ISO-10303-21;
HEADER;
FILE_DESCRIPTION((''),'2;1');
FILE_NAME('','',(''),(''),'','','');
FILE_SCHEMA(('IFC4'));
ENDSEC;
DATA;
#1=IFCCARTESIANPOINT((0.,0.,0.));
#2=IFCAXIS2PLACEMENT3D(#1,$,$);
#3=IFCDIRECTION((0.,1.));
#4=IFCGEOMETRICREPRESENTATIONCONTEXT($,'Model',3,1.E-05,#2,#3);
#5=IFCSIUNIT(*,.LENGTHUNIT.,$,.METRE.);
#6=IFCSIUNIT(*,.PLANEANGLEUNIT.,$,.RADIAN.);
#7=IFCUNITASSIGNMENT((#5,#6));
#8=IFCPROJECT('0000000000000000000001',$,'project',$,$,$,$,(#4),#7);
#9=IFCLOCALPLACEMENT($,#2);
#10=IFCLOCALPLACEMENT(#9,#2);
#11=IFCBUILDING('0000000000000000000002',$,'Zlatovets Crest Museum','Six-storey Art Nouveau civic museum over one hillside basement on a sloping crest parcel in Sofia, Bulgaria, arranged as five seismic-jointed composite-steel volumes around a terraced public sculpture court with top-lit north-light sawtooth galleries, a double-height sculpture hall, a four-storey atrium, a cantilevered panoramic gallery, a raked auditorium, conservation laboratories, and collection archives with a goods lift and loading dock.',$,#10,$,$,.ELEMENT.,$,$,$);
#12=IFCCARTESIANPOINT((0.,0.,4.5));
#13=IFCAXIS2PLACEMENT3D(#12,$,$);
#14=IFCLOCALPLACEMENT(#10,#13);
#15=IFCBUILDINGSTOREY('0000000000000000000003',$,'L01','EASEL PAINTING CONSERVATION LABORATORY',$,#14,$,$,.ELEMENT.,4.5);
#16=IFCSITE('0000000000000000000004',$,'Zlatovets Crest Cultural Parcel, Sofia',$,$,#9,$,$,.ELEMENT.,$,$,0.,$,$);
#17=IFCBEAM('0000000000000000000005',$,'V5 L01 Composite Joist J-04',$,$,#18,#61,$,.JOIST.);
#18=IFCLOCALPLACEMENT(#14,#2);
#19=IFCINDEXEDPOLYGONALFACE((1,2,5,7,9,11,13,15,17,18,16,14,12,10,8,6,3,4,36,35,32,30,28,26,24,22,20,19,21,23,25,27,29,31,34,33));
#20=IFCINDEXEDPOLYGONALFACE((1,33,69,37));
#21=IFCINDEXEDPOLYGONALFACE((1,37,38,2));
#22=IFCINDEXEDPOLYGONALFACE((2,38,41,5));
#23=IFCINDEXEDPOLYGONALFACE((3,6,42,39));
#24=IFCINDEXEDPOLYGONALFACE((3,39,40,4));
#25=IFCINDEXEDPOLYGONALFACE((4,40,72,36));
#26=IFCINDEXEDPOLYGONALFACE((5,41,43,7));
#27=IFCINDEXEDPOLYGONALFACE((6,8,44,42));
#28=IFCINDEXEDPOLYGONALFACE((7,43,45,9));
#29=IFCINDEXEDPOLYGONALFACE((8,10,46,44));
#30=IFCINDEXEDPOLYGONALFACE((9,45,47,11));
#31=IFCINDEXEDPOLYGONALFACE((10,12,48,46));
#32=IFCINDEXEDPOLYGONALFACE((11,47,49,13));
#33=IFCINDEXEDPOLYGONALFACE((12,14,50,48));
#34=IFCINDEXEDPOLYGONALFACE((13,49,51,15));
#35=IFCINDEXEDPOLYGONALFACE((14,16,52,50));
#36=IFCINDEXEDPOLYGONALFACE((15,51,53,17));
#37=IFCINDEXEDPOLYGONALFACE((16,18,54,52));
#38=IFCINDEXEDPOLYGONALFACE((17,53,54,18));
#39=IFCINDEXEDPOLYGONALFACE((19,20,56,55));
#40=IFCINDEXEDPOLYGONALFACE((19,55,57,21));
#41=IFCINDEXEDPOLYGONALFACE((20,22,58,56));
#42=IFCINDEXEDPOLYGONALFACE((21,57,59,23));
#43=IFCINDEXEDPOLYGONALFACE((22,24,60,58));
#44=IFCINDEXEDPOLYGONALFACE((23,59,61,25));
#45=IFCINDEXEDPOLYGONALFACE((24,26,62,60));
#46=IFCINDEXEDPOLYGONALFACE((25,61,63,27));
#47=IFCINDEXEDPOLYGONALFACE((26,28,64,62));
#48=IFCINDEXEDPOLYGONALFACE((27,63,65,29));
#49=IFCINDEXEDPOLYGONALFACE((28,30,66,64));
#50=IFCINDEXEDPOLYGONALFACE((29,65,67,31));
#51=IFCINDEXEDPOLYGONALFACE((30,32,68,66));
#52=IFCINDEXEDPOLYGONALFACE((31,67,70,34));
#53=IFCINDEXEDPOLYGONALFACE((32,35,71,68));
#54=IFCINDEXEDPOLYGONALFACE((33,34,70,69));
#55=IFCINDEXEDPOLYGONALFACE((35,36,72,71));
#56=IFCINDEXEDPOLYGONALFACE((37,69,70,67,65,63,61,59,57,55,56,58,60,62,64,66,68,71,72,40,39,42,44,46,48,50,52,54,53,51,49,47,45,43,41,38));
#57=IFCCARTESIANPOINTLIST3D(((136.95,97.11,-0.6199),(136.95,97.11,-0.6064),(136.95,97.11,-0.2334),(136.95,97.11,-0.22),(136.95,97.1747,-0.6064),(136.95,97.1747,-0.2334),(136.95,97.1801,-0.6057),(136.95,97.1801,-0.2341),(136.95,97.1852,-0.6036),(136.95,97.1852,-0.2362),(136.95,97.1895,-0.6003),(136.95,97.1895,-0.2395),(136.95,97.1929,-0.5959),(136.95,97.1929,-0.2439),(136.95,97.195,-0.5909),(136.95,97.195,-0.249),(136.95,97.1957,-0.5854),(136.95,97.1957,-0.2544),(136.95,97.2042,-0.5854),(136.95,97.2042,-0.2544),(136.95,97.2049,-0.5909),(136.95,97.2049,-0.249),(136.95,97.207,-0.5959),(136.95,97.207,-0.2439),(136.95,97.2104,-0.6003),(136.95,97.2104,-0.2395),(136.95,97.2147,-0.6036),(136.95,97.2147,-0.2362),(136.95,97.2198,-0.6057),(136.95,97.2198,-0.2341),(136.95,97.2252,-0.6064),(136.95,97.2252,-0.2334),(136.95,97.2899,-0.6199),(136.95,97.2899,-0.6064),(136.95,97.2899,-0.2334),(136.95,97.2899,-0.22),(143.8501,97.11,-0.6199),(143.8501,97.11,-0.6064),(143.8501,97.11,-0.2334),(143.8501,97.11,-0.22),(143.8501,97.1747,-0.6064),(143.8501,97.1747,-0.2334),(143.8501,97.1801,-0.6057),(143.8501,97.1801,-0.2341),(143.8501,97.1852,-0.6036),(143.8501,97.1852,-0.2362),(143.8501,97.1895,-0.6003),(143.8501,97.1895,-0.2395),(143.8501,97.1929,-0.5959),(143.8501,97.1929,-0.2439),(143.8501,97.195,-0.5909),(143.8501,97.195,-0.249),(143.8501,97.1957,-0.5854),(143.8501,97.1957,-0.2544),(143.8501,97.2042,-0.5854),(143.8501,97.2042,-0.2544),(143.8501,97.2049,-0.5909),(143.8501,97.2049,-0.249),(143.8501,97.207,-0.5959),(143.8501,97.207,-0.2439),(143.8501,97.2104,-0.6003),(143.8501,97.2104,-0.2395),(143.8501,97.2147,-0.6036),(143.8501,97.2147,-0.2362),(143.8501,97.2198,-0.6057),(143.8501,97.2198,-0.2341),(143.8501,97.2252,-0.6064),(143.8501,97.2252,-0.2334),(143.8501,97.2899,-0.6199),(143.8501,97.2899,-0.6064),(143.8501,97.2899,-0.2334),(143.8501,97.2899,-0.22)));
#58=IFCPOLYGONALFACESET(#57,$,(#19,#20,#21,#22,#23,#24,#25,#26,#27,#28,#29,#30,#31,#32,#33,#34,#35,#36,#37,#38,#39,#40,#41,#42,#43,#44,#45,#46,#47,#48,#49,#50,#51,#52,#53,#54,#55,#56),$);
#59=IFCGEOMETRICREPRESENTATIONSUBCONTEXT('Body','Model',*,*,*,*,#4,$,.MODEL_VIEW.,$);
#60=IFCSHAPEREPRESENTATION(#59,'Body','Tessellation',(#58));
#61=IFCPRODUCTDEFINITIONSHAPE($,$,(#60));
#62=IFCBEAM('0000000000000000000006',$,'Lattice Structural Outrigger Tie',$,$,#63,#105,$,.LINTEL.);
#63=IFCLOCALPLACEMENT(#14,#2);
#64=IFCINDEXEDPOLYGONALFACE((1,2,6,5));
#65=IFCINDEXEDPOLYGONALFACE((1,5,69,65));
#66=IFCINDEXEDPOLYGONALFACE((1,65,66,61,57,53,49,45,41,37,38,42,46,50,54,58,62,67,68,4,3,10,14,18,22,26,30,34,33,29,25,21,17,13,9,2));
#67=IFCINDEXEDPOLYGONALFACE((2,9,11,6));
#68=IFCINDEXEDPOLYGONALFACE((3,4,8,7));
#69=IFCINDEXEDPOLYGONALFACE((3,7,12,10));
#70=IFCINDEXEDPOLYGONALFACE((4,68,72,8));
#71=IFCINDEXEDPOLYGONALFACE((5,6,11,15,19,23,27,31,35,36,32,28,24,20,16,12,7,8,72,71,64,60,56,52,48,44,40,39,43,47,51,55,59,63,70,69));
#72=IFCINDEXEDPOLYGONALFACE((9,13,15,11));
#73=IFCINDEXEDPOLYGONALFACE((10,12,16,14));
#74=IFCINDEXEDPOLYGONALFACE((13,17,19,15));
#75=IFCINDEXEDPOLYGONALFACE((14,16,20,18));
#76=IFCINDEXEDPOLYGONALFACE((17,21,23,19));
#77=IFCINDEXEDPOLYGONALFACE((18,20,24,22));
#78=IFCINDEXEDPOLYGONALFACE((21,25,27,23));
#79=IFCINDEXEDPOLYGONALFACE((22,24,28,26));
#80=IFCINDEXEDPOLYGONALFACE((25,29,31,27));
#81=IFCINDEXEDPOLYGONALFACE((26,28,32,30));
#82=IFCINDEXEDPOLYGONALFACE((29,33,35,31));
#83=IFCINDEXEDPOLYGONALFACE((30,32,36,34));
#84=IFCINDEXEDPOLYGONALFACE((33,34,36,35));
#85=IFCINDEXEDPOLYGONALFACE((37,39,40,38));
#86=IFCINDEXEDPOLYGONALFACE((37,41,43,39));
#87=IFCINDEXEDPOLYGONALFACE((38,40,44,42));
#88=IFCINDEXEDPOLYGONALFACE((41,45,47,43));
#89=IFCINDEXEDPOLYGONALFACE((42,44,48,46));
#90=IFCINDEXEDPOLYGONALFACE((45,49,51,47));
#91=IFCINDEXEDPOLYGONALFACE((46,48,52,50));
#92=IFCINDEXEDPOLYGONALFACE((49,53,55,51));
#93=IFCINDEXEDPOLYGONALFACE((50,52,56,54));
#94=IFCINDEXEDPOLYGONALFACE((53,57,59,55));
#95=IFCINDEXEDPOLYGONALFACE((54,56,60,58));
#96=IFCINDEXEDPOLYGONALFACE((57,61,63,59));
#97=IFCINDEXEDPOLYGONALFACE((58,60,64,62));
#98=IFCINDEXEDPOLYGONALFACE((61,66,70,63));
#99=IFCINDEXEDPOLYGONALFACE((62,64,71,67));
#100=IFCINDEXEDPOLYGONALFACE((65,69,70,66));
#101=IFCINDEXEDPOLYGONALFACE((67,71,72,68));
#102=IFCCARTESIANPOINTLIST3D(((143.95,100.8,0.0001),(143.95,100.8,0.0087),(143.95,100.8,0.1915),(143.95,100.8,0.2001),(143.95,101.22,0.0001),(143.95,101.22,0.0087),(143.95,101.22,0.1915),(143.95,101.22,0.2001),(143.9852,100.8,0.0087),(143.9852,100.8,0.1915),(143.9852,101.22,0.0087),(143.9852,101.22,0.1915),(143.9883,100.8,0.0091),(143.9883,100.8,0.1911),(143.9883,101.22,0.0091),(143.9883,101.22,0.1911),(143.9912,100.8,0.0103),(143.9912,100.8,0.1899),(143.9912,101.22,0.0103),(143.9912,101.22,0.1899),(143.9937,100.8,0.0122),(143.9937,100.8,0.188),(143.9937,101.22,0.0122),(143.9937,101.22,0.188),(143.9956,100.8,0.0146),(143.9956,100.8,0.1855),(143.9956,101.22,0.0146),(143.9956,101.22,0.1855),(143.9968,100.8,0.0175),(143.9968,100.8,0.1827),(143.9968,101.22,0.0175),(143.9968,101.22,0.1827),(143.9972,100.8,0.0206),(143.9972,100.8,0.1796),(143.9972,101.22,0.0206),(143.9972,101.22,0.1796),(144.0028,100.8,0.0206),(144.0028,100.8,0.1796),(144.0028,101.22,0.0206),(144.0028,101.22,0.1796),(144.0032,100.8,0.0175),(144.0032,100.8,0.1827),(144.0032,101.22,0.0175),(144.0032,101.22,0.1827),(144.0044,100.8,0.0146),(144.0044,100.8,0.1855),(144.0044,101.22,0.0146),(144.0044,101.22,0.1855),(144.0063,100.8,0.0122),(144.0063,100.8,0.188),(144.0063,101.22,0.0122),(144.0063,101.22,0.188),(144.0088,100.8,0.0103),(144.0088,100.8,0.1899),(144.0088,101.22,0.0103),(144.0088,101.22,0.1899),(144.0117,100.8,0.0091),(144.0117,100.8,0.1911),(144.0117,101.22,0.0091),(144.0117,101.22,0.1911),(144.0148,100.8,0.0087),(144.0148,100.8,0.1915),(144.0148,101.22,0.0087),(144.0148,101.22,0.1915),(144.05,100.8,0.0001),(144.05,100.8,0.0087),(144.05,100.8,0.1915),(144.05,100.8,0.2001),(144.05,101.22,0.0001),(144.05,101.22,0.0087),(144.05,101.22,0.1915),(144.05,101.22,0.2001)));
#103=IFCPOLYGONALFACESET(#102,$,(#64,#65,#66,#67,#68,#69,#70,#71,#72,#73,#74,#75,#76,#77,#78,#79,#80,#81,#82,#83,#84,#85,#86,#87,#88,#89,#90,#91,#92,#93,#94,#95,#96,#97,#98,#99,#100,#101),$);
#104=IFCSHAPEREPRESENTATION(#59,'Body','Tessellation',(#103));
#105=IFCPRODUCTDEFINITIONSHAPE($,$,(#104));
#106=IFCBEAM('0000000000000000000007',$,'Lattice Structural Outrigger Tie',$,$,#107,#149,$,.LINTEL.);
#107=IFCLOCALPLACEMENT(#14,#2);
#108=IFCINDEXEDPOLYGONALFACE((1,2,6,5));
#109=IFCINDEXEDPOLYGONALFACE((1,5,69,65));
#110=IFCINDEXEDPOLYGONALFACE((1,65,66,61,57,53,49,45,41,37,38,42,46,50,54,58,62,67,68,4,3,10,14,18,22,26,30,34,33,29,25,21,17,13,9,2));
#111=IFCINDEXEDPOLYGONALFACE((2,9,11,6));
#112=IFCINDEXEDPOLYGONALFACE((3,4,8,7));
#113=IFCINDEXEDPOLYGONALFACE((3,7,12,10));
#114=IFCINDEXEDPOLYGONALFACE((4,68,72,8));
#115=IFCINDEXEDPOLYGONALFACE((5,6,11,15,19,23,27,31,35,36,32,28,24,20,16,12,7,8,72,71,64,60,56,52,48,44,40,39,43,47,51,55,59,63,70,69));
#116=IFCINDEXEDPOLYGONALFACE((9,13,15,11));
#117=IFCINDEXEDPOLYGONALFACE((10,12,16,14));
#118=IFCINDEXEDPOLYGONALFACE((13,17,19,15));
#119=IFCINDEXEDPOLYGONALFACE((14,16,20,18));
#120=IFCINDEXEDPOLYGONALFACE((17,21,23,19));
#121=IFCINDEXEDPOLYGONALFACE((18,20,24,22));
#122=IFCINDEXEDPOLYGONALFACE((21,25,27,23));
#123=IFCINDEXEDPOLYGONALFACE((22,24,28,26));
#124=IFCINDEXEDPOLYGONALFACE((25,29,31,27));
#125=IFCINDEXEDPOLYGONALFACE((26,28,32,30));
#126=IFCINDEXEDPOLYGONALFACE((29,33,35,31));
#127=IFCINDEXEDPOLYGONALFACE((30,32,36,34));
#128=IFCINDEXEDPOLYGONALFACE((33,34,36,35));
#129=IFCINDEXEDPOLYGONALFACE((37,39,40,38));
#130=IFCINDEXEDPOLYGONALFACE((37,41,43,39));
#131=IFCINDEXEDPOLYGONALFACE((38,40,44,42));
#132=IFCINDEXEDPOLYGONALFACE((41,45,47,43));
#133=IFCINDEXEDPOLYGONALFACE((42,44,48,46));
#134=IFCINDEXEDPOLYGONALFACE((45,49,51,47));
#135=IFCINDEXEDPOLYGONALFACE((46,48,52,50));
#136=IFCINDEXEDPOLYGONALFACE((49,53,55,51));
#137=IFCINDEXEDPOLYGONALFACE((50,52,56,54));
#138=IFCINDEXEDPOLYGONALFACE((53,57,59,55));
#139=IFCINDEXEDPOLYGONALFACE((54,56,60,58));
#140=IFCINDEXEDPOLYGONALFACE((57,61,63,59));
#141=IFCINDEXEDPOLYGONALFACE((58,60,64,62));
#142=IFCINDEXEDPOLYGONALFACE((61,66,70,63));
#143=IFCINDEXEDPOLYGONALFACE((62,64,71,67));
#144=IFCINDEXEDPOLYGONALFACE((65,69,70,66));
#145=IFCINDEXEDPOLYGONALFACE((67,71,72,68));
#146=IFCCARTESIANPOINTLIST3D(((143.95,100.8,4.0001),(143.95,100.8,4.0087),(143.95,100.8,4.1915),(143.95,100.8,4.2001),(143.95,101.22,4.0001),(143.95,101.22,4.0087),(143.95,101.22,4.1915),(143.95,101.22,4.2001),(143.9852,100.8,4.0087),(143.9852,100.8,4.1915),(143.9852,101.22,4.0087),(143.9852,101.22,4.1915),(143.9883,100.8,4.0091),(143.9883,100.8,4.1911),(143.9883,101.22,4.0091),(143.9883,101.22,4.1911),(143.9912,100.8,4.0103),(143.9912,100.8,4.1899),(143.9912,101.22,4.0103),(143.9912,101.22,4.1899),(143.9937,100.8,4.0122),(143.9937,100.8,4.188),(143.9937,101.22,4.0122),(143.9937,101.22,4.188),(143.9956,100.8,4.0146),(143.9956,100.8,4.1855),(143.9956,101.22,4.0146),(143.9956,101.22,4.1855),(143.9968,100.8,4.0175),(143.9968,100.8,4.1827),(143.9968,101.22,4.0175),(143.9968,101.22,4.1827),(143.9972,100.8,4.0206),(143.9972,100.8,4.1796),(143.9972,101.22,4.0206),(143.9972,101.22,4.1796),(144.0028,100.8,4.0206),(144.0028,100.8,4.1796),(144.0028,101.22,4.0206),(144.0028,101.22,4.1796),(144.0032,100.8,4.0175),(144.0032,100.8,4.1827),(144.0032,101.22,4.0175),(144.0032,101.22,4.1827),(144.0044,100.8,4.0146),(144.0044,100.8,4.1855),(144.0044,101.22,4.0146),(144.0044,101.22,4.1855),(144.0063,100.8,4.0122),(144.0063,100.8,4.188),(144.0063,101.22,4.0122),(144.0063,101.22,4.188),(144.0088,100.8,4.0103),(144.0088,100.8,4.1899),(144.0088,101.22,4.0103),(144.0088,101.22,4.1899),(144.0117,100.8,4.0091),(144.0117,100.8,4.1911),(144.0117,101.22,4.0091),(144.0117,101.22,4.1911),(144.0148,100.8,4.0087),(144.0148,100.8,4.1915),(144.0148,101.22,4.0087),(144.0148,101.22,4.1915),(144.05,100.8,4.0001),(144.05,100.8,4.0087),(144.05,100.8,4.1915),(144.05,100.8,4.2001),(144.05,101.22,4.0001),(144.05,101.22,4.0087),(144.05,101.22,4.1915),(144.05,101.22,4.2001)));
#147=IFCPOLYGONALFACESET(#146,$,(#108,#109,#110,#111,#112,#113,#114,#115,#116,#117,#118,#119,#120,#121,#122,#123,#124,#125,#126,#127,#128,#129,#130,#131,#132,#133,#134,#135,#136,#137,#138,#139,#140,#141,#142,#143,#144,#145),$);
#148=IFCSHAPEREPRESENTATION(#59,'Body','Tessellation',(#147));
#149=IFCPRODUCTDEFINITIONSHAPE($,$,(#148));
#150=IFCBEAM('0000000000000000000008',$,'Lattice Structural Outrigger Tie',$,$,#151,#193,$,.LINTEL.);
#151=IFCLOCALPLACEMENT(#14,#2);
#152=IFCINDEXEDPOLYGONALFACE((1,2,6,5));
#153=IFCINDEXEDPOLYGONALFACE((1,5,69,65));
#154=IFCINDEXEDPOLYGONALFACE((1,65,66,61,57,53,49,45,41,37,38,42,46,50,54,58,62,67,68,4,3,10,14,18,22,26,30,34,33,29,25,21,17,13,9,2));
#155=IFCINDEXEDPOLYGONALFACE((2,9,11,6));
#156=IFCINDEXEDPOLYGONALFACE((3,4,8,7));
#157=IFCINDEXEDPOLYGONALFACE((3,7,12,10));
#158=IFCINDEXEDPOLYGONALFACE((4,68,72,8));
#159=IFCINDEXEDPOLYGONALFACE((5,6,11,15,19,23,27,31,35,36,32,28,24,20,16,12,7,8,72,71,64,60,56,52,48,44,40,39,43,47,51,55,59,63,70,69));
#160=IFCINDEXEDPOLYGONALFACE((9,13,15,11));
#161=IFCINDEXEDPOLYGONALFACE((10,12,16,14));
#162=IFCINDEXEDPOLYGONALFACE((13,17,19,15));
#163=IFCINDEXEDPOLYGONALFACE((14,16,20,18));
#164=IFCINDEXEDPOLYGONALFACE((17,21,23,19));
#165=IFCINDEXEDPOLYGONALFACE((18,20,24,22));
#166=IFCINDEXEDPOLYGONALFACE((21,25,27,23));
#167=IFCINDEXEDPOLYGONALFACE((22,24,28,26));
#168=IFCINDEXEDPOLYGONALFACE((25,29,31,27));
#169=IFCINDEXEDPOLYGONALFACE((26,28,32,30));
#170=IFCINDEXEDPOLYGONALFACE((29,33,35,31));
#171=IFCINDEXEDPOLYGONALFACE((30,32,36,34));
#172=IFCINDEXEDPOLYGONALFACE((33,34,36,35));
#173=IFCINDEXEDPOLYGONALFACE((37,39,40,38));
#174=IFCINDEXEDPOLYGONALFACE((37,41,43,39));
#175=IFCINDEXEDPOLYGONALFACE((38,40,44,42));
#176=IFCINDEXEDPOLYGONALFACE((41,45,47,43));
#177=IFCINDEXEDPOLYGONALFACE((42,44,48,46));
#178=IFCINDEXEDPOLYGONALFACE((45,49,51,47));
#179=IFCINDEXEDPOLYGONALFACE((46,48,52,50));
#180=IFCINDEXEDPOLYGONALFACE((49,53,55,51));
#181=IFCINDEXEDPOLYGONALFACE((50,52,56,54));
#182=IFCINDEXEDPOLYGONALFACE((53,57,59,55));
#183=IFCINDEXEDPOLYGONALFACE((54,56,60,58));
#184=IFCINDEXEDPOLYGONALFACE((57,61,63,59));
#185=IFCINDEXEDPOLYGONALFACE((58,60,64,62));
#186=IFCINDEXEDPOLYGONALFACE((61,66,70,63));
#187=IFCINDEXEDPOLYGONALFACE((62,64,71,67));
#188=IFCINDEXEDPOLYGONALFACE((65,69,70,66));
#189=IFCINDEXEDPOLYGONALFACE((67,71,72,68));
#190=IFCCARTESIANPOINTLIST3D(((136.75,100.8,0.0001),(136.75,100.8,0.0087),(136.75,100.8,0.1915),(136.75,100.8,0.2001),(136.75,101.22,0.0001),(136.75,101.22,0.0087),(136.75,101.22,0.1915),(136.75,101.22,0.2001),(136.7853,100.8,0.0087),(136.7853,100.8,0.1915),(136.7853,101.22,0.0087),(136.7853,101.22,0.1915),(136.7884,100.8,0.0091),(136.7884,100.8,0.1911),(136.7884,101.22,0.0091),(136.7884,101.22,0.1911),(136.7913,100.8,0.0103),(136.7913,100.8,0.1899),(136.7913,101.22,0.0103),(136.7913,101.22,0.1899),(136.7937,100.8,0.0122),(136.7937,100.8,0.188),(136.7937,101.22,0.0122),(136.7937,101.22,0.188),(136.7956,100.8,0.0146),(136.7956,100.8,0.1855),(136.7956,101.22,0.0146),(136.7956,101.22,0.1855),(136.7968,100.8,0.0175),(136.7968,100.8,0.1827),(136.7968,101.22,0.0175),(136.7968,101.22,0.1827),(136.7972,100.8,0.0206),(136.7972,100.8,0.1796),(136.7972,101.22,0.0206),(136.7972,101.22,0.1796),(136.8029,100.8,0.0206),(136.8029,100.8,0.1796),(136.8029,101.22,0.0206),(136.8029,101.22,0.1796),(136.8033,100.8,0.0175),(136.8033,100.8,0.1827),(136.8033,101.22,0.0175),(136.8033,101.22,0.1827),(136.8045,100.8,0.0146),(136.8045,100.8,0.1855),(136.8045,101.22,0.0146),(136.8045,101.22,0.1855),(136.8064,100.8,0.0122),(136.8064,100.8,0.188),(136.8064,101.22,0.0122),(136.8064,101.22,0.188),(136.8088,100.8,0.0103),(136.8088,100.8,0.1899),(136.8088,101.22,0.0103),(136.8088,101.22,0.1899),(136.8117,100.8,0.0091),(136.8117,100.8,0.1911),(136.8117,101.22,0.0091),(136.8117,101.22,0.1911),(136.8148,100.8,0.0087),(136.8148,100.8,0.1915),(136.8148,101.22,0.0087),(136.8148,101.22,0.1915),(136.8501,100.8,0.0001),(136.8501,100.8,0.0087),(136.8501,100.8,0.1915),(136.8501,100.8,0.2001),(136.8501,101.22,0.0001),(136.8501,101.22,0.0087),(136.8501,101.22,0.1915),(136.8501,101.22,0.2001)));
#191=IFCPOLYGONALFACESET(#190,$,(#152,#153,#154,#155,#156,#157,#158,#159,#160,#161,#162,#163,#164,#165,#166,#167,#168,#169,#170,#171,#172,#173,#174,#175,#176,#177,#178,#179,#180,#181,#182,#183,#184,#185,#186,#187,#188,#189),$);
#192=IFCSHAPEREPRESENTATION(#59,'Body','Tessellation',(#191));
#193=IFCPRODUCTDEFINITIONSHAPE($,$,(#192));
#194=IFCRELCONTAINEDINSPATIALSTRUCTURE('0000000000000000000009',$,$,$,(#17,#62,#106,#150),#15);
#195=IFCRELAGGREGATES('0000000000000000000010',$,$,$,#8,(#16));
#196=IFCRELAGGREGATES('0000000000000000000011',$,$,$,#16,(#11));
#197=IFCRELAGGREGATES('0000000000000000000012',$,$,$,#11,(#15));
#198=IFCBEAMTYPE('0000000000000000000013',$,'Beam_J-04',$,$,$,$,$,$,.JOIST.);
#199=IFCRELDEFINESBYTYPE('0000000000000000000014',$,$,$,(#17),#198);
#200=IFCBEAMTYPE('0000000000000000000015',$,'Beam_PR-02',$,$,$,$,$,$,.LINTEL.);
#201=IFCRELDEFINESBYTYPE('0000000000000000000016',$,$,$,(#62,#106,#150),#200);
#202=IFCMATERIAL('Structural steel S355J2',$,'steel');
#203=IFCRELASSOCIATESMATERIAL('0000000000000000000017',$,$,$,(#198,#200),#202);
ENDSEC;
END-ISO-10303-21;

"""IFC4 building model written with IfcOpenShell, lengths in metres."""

from ifc_helpers import new_model, si_unit, direction, frame, origin, origin_2d, place, context, subcontext, project, spatial, i_section, extrude, material, material_profile, profile_set, type_object, element, save


model = new_model("IFC4")

# Units and contexts
model_context = context("Model", 3, precision=1e-05, world=origin(), true_north=direction((0.0, 1.0)))
body_context = subcontext(model_context, "Body", "Model", "MODEL_VIEW")
ifc_project = project(units=[si_unit("LENGTHUNIT", "METRE"), si_unit("PLANEANGLEUNIT", "RADIAN")], contexts=[model_context])

# Site, building, storey
site_placement = place(None, origin())
site = spatial("IfcSite", under=ifc_project, at=site_placement, Name="Zlatovets Crest Cultural Parcel, Sofia", CompositionType="ELEMENT", RefElevation=0.0)
building_placement = place(site_placement, origin())
building = spatial("IfcBuilding", under=site, at=building_placement, Name="Zlatovets Crest Museum", Description="Six-storey Art Nouveau civic museum over one hillside basement on a sloping crest parcel in Sofia, Bulgaria, arranged as five seismic-jointed composite-steel volumes around a terraced public sculpture court with top-lit north-light sawtooth galleries, a double-height sculpture hall, a four-storey atrium, a cantilevered panoramic gallery, a raked auditorium, conservation laboratories, and collection archives with a goods lift and loading dock.", CompositionType="ELEMENT")
storey_placement = place(building_placement, frame((0.0, 0.0, 4.5)))
storey = spatial("IfcBuildingStorey", under=building, at=storey_placement, Name="L01", Description="EASEL PAINTING CONSERVATION LABORATORY", CompositionType="ELEMENT", Elevation=4.5)

# Shared definitions
ifc_material_1 = material(Name="Structural steel S355J2", Category="steel")

# Beams
ifc_material_profile_1 = material_profile(ifc_material_1, i_section(OverallWidth=0.1799, OverallDepth=0.3999, WebThickness=0.0085, FlangeThickness=0.0134, FilletRadius=0.021, at=origin_2d()), Name="IPE 400")
ifc_profile_set_1 = profile_set([ifc_material_profile_1], Name="Structural steel S355J2")
beam_type_1 = type_object("IfcBeamType", Name="Beam_J-04", PredefinedType="JOIST", material=ifc_profile_set_1)
beam_placement = place(storey_placement, frame((136.95, 97.2, -0.4199), z_axis=(1.0, 0.0, 0.0), x_axis=(0.0, 1.0, 0.0)))
element("IfcBeam", 1, at=beam_placement, inside=storey, type_object=beam_type_1, Name="V5 L01 Composite Joist J-04", PredefinedType="JOIST", context=body_context, shape_type="SweptSolid", body=[
    extrude(i_section(OverallWidth=0.1799, OverallDepth=0.3999, WebThickness=0.0085, FlangeThickness=0.0134, FilletRadius=0.021, at=origin_2d()), origin(), (0.0, 0.0, 1.0), 6.9001),
])
ifc_material_profile_2 = material_profile(ifc_material_1, i_section(OverallWidth=0.1001, OverallDepth=0.2, WebThickness=0.0056, FlangeThickness=0.0085, FilletRadius=0.012, at=origin_2d()), Name="IPE 200")
ifc_profile_set_2 = profile_set([ifc_material_profile_2], Name="Structural steel S355J2")
beam_type_2 = type_object("IfcBeamType", Name="Beam_PR-02", PredefinedType="LINTEL", material=ifc_profile_set_2)
for number, where, z_axis, x_axis, name in (
    (2, (144.0, 100.8, 0.1001), (0.0, 1.0, 0.0), (-1.0, 0.0, 0.0), "Lattice Structural Outrigger Tie"),
    (3, (144.0, 100.8, 4.1001), (0.0, 1.0, 0.0), (-1.0, 0.0, 0.0), "Lattice Structural Outrigger Tie"),
    (4, (136.8, 100.8, 0.1001), (0.0, 1.0, 0.0), (-1.0, 0.0, 0.0), "Lattice Structural Outrigger Tie"),
):
    element("IfcBeam", number, at=place(storey_placement, frame(where, z_axis=z_axis, x_axis=x_axis)), inside=storey, type_object=beam_type_2, Name=name, PredefinedType="LINTEL", context=body_context, shape_type="SweptSolid", body=[
        extrude(i_section(OverallWidth=0.1001, OverallDepth=0.2, WebThickness=0.0056, FlangeThickness=0.0085, FilletRadius=0.012, at=origin_2d()), origin(), (0.0, 0.0, 1.0), 0.4199),
    ])

save(model, "model.ifc")
